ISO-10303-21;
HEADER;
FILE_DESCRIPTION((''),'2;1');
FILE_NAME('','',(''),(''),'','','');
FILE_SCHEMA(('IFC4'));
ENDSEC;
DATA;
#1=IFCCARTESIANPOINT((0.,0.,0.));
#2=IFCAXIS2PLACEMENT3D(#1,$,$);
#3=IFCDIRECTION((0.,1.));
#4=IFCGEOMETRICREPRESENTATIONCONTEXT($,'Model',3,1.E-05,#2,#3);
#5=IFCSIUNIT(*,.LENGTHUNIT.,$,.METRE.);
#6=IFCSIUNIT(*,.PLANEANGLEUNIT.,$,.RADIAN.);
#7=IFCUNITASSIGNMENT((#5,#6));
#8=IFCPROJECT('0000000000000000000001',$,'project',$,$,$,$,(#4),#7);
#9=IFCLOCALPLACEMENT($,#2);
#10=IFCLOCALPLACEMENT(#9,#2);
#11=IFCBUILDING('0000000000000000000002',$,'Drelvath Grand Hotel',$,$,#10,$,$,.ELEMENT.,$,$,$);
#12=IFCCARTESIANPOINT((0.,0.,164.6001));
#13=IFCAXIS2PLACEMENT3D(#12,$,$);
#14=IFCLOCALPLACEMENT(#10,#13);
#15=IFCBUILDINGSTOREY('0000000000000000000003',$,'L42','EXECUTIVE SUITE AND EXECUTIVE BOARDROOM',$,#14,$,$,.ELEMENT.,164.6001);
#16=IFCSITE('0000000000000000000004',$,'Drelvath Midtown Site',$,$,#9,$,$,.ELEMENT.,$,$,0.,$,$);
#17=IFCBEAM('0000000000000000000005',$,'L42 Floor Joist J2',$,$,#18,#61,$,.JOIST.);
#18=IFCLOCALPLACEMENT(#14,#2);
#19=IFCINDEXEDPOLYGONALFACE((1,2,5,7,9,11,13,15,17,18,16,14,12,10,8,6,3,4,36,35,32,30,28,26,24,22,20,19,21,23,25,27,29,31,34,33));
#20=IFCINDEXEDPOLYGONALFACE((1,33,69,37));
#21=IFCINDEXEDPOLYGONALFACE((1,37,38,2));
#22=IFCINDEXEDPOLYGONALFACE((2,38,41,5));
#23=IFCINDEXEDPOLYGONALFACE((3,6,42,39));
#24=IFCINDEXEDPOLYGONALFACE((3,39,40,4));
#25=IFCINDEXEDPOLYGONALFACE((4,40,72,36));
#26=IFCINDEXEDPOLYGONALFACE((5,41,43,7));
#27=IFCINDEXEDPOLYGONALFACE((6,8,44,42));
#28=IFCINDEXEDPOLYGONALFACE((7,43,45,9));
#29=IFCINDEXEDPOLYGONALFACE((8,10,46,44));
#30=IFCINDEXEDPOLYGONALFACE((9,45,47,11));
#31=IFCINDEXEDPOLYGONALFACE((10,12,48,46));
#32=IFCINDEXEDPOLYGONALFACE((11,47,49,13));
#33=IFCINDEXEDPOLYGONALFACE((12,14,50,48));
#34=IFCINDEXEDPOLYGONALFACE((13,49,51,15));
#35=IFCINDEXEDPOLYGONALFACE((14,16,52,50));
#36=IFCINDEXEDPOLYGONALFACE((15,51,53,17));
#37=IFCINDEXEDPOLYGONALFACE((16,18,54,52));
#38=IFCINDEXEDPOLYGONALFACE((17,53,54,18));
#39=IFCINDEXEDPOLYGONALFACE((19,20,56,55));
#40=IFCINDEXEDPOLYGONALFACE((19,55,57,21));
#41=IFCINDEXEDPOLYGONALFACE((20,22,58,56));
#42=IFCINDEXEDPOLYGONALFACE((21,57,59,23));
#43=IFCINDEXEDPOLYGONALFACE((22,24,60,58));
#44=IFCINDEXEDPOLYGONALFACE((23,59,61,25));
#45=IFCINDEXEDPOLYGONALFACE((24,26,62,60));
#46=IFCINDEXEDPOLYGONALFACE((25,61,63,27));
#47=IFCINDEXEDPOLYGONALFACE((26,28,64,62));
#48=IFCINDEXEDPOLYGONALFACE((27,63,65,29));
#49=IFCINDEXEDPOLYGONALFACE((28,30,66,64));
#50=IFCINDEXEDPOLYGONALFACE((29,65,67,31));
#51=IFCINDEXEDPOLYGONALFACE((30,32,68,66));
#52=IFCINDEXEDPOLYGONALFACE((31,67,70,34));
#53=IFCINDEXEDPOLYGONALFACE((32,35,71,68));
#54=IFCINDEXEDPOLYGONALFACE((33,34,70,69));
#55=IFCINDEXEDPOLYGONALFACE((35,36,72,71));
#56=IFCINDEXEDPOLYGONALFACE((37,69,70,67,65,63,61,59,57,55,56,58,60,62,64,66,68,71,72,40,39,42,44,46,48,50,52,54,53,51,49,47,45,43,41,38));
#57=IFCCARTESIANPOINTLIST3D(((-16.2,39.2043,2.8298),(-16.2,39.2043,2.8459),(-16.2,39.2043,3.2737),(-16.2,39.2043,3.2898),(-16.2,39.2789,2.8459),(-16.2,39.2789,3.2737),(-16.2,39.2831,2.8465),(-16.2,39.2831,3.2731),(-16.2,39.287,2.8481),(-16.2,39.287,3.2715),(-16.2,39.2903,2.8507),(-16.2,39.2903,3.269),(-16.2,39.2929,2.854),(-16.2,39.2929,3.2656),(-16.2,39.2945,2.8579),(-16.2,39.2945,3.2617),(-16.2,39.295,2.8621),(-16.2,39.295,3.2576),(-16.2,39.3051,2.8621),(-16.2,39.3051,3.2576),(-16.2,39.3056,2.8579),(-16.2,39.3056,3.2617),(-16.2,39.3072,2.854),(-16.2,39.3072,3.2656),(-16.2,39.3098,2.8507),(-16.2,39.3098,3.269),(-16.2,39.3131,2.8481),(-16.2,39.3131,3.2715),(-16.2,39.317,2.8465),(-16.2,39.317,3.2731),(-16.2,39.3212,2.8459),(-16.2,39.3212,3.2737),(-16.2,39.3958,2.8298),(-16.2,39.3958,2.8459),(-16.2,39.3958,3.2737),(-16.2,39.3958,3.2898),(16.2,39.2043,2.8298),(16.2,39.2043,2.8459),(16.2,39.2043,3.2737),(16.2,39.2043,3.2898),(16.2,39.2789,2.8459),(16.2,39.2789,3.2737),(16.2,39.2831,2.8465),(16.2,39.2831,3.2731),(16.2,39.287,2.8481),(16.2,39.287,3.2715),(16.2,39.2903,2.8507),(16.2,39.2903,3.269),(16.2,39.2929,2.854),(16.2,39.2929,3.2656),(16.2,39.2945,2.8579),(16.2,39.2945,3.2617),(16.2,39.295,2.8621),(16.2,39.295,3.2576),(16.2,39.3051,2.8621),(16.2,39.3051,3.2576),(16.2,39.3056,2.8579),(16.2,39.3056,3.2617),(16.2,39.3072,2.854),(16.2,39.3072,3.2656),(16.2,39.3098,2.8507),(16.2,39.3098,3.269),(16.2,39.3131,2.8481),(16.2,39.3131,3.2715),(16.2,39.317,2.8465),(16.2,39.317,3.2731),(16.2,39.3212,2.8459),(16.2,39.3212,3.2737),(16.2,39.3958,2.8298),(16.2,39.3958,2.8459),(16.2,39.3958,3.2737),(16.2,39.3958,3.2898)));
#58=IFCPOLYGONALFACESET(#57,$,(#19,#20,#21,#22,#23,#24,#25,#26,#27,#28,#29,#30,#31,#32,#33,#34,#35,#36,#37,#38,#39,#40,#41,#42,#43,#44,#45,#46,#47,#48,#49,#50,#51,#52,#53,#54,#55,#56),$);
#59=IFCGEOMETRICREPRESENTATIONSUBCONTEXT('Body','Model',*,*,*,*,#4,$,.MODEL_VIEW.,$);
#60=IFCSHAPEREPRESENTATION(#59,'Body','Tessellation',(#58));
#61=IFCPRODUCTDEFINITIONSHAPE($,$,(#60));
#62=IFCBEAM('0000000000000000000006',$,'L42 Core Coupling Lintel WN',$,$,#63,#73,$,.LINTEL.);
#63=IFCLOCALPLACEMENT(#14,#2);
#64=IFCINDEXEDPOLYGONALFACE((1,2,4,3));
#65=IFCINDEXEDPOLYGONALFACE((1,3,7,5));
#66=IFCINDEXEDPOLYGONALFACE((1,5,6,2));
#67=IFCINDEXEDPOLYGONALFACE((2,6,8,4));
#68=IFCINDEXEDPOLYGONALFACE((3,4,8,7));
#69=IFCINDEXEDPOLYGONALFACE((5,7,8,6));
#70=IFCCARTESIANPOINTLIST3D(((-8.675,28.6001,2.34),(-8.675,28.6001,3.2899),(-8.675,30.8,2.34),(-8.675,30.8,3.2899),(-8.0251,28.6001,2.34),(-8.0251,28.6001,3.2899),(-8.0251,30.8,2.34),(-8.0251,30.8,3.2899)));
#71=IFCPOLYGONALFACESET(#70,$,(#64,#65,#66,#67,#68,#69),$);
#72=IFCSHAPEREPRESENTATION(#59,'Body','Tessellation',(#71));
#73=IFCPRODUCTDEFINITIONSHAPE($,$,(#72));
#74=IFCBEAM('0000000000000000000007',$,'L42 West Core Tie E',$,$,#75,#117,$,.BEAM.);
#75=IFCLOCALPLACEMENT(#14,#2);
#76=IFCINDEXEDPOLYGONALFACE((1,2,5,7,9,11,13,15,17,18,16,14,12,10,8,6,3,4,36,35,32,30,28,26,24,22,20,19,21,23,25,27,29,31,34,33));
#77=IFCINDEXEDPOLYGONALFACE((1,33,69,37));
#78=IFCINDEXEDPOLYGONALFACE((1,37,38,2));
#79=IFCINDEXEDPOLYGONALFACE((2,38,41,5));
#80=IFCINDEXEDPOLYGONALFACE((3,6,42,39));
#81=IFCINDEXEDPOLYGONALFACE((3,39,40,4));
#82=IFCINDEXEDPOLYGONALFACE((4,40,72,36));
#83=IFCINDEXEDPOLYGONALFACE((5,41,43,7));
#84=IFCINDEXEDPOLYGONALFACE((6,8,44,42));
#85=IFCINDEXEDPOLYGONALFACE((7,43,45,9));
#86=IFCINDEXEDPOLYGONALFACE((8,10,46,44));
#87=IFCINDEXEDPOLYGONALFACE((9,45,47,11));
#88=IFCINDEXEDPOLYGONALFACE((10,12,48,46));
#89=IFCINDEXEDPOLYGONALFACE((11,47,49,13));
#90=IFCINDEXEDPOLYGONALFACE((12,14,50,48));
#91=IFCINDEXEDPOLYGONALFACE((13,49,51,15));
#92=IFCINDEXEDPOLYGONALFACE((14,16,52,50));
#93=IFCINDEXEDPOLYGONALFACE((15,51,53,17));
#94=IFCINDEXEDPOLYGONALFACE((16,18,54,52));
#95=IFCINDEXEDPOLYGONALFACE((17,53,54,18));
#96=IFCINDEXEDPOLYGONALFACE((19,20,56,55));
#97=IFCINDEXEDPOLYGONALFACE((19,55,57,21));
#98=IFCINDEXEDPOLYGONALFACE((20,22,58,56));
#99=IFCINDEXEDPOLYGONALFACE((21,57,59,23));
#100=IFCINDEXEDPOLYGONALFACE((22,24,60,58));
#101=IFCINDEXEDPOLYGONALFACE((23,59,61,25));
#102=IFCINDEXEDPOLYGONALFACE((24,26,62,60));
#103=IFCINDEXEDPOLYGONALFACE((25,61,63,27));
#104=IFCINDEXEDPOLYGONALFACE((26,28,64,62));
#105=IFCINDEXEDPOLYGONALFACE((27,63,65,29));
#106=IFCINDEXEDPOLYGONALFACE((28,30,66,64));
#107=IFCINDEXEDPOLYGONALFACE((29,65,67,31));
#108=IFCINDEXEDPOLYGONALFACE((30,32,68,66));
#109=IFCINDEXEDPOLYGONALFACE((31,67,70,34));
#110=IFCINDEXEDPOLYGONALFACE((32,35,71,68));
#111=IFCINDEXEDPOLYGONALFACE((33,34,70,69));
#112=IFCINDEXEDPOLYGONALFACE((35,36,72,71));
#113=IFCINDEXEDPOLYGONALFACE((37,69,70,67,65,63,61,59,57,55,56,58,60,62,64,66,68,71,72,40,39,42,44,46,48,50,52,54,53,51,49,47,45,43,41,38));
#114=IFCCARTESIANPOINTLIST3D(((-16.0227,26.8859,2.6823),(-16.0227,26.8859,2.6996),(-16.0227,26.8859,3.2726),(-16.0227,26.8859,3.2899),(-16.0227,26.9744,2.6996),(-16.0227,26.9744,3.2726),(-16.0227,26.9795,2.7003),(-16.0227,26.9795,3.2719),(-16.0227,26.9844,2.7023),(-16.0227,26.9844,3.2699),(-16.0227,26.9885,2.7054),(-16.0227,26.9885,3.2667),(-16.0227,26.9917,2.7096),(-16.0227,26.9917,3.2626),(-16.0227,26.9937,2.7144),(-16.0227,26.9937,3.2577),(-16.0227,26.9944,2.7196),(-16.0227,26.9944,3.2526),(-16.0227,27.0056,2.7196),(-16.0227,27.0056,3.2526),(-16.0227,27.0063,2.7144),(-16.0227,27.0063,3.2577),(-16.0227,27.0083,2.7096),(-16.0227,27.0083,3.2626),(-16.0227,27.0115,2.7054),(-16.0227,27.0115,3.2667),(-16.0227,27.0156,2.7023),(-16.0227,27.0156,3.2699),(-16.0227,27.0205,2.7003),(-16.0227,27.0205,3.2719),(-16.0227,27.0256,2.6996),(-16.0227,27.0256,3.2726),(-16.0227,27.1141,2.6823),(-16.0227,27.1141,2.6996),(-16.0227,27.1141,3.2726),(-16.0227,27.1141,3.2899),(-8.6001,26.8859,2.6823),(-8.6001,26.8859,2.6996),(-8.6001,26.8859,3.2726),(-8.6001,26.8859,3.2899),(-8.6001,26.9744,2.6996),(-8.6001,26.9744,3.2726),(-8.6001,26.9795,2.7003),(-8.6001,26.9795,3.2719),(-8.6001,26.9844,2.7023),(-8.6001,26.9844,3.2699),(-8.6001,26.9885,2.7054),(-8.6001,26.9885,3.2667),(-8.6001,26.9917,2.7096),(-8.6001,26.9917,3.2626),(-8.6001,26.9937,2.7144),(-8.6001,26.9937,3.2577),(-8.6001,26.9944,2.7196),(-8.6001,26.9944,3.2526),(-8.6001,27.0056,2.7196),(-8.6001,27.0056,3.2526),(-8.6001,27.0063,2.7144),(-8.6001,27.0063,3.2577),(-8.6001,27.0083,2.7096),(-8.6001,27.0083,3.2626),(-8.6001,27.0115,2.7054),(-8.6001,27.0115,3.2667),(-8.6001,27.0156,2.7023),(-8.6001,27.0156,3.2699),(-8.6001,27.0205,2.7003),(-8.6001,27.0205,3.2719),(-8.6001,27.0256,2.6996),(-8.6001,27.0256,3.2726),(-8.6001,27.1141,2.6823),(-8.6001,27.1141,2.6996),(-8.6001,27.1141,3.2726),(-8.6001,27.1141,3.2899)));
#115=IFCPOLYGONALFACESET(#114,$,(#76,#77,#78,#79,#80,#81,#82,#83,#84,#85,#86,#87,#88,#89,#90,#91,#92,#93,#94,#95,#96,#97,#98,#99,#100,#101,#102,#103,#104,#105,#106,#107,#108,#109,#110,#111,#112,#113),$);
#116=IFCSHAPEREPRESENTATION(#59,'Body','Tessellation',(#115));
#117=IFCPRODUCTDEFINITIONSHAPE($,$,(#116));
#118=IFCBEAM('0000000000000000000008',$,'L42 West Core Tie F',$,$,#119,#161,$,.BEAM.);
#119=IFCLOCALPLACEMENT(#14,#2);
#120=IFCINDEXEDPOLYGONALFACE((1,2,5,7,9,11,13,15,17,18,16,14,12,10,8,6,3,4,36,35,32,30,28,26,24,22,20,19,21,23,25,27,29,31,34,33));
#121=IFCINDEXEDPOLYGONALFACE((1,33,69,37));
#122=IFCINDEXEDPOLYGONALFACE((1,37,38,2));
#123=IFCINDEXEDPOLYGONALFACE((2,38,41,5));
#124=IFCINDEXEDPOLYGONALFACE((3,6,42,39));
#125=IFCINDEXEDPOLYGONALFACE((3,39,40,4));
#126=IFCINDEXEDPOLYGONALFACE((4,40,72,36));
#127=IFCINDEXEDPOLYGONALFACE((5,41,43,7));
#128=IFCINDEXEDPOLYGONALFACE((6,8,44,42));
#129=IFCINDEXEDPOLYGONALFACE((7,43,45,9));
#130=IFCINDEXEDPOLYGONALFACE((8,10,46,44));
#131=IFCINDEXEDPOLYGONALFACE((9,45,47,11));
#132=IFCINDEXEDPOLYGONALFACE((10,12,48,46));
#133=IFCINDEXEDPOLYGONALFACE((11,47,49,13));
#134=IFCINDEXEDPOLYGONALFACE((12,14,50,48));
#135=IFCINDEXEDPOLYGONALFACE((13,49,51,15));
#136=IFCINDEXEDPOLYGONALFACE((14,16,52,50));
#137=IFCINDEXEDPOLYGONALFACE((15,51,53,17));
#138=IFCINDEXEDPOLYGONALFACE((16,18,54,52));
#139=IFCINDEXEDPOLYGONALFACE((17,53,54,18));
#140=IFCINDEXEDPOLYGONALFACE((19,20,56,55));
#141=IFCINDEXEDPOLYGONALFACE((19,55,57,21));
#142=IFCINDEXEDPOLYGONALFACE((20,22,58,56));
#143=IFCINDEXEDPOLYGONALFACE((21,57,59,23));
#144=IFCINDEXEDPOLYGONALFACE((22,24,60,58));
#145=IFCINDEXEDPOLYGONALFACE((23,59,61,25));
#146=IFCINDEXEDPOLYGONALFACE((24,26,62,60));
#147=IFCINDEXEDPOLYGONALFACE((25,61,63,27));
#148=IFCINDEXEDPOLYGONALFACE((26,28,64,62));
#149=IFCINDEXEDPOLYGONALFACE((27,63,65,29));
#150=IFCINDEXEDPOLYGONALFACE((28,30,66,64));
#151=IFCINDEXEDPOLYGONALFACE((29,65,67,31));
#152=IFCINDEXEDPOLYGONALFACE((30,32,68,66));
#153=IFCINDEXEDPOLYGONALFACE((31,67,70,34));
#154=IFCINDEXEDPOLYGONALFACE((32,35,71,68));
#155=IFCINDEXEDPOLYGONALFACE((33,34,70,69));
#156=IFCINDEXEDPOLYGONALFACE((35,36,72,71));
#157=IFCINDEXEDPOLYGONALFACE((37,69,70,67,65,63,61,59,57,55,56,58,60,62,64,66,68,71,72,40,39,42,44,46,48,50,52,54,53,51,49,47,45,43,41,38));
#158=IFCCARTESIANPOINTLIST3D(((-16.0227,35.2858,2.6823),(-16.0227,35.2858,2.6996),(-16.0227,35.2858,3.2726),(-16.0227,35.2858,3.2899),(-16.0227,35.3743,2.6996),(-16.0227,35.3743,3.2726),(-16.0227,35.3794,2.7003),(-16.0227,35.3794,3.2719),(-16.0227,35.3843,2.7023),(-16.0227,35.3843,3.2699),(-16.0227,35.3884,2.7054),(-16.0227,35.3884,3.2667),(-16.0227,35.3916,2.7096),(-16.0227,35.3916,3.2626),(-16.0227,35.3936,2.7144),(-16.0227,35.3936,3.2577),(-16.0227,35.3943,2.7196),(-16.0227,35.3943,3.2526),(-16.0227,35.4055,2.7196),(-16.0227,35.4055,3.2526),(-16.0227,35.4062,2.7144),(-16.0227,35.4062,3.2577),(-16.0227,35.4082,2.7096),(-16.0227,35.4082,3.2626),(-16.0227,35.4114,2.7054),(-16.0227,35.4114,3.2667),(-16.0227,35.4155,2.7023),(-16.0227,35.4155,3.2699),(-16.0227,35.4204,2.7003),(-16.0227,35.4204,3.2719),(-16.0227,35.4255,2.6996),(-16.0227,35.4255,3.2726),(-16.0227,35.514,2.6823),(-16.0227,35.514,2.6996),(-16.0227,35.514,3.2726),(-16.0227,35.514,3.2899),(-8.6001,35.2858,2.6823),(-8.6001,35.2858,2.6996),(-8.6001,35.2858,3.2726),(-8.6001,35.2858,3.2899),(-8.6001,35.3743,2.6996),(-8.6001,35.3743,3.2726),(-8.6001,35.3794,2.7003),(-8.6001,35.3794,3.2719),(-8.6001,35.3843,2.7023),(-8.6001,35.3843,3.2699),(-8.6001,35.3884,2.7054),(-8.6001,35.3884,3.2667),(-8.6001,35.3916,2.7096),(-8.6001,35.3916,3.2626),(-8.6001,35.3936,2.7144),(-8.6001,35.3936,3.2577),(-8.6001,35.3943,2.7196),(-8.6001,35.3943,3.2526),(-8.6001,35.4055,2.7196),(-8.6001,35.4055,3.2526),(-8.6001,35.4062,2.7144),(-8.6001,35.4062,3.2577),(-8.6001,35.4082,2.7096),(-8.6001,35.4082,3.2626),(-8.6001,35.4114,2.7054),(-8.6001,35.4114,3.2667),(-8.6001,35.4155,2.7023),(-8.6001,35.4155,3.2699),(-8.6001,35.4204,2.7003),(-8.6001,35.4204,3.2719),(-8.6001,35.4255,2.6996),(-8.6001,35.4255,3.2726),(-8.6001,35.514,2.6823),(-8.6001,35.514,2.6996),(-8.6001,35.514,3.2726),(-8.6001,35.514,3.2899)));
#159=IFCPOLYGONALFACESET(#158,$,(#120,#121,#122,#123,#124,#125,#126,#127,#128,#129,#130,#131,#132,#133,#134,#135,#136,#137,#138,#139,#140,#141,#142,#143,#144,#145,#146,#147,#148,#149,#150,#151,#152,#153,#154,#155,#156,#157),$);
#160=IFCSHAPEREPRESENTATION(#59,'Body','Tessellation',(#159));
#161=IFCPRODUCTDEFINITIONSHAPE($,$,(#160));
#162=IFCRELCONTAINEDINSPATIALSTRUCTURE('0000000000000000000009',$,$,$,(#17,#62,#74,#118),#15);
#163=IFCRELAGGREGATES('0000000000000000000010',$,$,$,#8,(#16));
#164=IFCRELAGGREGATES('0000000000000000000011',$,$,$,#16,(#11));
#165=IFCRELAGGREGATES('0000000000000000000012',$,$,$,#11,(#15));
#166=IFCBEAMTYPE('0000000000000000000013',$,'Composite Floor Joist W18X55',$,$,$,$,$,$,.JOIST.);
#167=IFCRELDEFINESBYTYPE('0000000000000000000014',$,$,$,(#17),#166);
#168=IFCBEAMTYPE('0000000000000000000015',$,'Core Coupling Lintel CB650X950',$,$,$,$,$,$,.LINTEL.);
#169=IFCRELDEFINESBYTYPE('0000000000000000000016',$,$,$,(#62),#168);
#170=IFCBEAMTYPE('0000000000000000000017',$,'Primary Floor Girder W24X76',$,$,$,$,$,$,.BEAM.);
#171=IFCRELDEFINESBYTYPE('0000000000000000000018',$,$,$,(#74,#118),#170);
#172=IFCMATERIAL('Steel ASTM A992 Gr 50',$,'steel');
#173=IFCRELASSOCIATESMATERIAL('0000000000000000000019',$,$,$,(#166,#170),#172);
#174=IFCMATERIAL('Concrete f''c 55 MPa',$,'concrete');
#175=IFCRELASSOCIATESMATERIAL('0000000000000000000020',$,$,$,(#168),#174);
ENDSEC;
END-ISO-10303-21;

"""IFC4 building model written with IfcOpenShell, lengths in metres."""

from ifc_helpers import new_model, si_unit, direction, frame, origin, origin_2d, place, context, subcontext, project, spatial, rectangle, i_section, extrude, material, material_profile, profile_set, type_object, element, save


model = new_model("IFC4")

# Units and contexts
model_context = context("Model", 3, precision=1e-05, world=origin(), true_north=direction((0.0, 1.0)))
body_context = subcontext(model_context, "Body", "Model", "MODEL_VIEW")
ifc_project = project(units=[si_unit("LENGTHUNIT", "METRE"), si_unit("PLANEANGLEUNIT", "RADIAN")], contexts=[model_context])

# Site, building, storey
site_placement = place(None, origin())
site = spatial("IfcSite", under=ifc_project, at=site_placement, Name="Drelvath Midtown Site", CompositionType="ELEMENT", RefElevation=0.0)
building_placement = place(site_placement, origin())
building = spatial("IfcBuilding", under=site, at=building_placement, Name="Drelvath Grand Hotel", CompositionType="ELEMENT")
storey_placement = place(building_placement, frame((0.0, 0.0, 164.6001)))
storey = spatial("IfcBuildingStorey", under=building, at=storey_placement, Name="L42", Description="EXECUTIVE SUITE AND EXECUTIVE BOARDROOM", CompositionType="ELEMENT", Elevation=164.6001)

# Beams
ifc_material_1 = material(Name="Steel ASTM A992 Gr 50", Category="steel")
ifc_material_profile_1 = material_profile(ifc_material_1, i_section(OverallWidth=0.1914, OverallDepth=0.46, WebThickness=0.01, FlangeThickness=0.0161, FilletRadius=0.0161, at=origin_2d()), Name="W18X55")
ifc_profile_set_1 = profile_set([ifc_material_profile_1], Name="Steel ASTM A992 Gr 50")
beam_type_1 = type_object("IfcBeamType", Name="Composite Floor Joist W18X55", PredefinedType="JOIST", material=ifc_profile_set_1)
beam_1_placement = place(storey_placement, frame((-16.2, 39.3, 3.0598), z_axis=(1.0, 0.0, 0.0), x_axis=(0.0, 1.0, 0.0)))
element("IfcBeam", 1, at=beam_1_placement, inside=storey, type_object=beam_type_1, Name="L42 Floor Joist J2", PredefinedType="JOIST", context=body_context, shape_type="SweptSolid", body=[
    extrude(i_section(OverallWidth=0.1914, OverallDepth=0.46, WebThickness=0.01, FlangeThickness=0.0161, FilletRadius=0.0161, at=origin_2d()), origin(), (0.0, 0.0, 1.0), 32.3999),
])
ifc_material_2 = material(Name="Concrete f'c 55 MPa", Category="concrete")
ifc_material_profile_2 = material_profile(ifc_material_2, rectangle(XDim=0.6499, YDim=0.95, at=origin_2d()), Name="CB650X950")
ifc_profile_set_2 = profile_set([ifc_material_profile_2], Name="Concrete f'c 55 MPa")
beam_type_2 = type_object("IfcBeamType", Name="Core Coupling Lintel CB650X950", PredefinedType="LINTEL", material=ifc_profile_set_2)
beam_2_placement = place(storey_placement, frame((-8.3501, 28.6001, 2.8149), z_axis=(0.0, 1.0, 0.0), x_axis=(-1.0, 0.0, 0.0)))
element("IfcBeam", 2, at=beam_2_placement, inside=storey, type_object=beam_type_2, Name="L42 Core Coupling Lintel WN", PredefinedType="LINTEL", context=body_context, shape_type="SweptSolid", body=[
    extrude(rectangle(XDim=0.6499, YDim=0.95, at=origin_2d()), origin(), (0.0, 0.0, 1.0), 2.2),
])
ifc_material_profile_3 = material_profile(ifc_material_1, i_section(OverallWidth=0.2283, OverallDepth=0.6077, WebThickness=0.0112, FlangeThickness=0.0173, FilletRadius=0.02, at=origin_2d()), Name="W24X76")
ifc_profile_set_3 = profile_set([ifc_material_profile_3], Name="Steel ASTM A992 Gr 50")
beam_type_3 = type_object("IfcBeamType", Name="Primary Floor Girder W24X76", PredefinedType="BEAM", material=ifc_profile_set_3)
for number, where, z_axis, x_axis, name in (
    (3, (-16.0227, 27.0, 2.9861), (1.0, 0.0, 0.0), (0.0, 1.0, 0.0), "L42 West Core Tie E"),
    (4, (-16.0227, 35.3999, 2.9861), (1.0, 0.0, 0.0), (0.0, 1.0, 0.0), "L42 West Core Tie F"),
):
    element("IfcBeam", number, at=place(storey_placement, frame(where, z_axis=z_axis, x_axis=x_axis)), inside=storey, type_object=beam_type_3, Name=name, PredefinedType="BEAM", context=body_context, shape_type="SweptSolid", body=[
        extrude(i_section(OverallWidth=0.2283, OverallDepth=0.6077, WebThickness=0.0112, FlangeThickness=0.0173, FilletRadius=0.02, at=origin_2d()), origin(), (0.0, 0.0, 1.0), 7.4226),
    ])

save(model, "model.ifc")
